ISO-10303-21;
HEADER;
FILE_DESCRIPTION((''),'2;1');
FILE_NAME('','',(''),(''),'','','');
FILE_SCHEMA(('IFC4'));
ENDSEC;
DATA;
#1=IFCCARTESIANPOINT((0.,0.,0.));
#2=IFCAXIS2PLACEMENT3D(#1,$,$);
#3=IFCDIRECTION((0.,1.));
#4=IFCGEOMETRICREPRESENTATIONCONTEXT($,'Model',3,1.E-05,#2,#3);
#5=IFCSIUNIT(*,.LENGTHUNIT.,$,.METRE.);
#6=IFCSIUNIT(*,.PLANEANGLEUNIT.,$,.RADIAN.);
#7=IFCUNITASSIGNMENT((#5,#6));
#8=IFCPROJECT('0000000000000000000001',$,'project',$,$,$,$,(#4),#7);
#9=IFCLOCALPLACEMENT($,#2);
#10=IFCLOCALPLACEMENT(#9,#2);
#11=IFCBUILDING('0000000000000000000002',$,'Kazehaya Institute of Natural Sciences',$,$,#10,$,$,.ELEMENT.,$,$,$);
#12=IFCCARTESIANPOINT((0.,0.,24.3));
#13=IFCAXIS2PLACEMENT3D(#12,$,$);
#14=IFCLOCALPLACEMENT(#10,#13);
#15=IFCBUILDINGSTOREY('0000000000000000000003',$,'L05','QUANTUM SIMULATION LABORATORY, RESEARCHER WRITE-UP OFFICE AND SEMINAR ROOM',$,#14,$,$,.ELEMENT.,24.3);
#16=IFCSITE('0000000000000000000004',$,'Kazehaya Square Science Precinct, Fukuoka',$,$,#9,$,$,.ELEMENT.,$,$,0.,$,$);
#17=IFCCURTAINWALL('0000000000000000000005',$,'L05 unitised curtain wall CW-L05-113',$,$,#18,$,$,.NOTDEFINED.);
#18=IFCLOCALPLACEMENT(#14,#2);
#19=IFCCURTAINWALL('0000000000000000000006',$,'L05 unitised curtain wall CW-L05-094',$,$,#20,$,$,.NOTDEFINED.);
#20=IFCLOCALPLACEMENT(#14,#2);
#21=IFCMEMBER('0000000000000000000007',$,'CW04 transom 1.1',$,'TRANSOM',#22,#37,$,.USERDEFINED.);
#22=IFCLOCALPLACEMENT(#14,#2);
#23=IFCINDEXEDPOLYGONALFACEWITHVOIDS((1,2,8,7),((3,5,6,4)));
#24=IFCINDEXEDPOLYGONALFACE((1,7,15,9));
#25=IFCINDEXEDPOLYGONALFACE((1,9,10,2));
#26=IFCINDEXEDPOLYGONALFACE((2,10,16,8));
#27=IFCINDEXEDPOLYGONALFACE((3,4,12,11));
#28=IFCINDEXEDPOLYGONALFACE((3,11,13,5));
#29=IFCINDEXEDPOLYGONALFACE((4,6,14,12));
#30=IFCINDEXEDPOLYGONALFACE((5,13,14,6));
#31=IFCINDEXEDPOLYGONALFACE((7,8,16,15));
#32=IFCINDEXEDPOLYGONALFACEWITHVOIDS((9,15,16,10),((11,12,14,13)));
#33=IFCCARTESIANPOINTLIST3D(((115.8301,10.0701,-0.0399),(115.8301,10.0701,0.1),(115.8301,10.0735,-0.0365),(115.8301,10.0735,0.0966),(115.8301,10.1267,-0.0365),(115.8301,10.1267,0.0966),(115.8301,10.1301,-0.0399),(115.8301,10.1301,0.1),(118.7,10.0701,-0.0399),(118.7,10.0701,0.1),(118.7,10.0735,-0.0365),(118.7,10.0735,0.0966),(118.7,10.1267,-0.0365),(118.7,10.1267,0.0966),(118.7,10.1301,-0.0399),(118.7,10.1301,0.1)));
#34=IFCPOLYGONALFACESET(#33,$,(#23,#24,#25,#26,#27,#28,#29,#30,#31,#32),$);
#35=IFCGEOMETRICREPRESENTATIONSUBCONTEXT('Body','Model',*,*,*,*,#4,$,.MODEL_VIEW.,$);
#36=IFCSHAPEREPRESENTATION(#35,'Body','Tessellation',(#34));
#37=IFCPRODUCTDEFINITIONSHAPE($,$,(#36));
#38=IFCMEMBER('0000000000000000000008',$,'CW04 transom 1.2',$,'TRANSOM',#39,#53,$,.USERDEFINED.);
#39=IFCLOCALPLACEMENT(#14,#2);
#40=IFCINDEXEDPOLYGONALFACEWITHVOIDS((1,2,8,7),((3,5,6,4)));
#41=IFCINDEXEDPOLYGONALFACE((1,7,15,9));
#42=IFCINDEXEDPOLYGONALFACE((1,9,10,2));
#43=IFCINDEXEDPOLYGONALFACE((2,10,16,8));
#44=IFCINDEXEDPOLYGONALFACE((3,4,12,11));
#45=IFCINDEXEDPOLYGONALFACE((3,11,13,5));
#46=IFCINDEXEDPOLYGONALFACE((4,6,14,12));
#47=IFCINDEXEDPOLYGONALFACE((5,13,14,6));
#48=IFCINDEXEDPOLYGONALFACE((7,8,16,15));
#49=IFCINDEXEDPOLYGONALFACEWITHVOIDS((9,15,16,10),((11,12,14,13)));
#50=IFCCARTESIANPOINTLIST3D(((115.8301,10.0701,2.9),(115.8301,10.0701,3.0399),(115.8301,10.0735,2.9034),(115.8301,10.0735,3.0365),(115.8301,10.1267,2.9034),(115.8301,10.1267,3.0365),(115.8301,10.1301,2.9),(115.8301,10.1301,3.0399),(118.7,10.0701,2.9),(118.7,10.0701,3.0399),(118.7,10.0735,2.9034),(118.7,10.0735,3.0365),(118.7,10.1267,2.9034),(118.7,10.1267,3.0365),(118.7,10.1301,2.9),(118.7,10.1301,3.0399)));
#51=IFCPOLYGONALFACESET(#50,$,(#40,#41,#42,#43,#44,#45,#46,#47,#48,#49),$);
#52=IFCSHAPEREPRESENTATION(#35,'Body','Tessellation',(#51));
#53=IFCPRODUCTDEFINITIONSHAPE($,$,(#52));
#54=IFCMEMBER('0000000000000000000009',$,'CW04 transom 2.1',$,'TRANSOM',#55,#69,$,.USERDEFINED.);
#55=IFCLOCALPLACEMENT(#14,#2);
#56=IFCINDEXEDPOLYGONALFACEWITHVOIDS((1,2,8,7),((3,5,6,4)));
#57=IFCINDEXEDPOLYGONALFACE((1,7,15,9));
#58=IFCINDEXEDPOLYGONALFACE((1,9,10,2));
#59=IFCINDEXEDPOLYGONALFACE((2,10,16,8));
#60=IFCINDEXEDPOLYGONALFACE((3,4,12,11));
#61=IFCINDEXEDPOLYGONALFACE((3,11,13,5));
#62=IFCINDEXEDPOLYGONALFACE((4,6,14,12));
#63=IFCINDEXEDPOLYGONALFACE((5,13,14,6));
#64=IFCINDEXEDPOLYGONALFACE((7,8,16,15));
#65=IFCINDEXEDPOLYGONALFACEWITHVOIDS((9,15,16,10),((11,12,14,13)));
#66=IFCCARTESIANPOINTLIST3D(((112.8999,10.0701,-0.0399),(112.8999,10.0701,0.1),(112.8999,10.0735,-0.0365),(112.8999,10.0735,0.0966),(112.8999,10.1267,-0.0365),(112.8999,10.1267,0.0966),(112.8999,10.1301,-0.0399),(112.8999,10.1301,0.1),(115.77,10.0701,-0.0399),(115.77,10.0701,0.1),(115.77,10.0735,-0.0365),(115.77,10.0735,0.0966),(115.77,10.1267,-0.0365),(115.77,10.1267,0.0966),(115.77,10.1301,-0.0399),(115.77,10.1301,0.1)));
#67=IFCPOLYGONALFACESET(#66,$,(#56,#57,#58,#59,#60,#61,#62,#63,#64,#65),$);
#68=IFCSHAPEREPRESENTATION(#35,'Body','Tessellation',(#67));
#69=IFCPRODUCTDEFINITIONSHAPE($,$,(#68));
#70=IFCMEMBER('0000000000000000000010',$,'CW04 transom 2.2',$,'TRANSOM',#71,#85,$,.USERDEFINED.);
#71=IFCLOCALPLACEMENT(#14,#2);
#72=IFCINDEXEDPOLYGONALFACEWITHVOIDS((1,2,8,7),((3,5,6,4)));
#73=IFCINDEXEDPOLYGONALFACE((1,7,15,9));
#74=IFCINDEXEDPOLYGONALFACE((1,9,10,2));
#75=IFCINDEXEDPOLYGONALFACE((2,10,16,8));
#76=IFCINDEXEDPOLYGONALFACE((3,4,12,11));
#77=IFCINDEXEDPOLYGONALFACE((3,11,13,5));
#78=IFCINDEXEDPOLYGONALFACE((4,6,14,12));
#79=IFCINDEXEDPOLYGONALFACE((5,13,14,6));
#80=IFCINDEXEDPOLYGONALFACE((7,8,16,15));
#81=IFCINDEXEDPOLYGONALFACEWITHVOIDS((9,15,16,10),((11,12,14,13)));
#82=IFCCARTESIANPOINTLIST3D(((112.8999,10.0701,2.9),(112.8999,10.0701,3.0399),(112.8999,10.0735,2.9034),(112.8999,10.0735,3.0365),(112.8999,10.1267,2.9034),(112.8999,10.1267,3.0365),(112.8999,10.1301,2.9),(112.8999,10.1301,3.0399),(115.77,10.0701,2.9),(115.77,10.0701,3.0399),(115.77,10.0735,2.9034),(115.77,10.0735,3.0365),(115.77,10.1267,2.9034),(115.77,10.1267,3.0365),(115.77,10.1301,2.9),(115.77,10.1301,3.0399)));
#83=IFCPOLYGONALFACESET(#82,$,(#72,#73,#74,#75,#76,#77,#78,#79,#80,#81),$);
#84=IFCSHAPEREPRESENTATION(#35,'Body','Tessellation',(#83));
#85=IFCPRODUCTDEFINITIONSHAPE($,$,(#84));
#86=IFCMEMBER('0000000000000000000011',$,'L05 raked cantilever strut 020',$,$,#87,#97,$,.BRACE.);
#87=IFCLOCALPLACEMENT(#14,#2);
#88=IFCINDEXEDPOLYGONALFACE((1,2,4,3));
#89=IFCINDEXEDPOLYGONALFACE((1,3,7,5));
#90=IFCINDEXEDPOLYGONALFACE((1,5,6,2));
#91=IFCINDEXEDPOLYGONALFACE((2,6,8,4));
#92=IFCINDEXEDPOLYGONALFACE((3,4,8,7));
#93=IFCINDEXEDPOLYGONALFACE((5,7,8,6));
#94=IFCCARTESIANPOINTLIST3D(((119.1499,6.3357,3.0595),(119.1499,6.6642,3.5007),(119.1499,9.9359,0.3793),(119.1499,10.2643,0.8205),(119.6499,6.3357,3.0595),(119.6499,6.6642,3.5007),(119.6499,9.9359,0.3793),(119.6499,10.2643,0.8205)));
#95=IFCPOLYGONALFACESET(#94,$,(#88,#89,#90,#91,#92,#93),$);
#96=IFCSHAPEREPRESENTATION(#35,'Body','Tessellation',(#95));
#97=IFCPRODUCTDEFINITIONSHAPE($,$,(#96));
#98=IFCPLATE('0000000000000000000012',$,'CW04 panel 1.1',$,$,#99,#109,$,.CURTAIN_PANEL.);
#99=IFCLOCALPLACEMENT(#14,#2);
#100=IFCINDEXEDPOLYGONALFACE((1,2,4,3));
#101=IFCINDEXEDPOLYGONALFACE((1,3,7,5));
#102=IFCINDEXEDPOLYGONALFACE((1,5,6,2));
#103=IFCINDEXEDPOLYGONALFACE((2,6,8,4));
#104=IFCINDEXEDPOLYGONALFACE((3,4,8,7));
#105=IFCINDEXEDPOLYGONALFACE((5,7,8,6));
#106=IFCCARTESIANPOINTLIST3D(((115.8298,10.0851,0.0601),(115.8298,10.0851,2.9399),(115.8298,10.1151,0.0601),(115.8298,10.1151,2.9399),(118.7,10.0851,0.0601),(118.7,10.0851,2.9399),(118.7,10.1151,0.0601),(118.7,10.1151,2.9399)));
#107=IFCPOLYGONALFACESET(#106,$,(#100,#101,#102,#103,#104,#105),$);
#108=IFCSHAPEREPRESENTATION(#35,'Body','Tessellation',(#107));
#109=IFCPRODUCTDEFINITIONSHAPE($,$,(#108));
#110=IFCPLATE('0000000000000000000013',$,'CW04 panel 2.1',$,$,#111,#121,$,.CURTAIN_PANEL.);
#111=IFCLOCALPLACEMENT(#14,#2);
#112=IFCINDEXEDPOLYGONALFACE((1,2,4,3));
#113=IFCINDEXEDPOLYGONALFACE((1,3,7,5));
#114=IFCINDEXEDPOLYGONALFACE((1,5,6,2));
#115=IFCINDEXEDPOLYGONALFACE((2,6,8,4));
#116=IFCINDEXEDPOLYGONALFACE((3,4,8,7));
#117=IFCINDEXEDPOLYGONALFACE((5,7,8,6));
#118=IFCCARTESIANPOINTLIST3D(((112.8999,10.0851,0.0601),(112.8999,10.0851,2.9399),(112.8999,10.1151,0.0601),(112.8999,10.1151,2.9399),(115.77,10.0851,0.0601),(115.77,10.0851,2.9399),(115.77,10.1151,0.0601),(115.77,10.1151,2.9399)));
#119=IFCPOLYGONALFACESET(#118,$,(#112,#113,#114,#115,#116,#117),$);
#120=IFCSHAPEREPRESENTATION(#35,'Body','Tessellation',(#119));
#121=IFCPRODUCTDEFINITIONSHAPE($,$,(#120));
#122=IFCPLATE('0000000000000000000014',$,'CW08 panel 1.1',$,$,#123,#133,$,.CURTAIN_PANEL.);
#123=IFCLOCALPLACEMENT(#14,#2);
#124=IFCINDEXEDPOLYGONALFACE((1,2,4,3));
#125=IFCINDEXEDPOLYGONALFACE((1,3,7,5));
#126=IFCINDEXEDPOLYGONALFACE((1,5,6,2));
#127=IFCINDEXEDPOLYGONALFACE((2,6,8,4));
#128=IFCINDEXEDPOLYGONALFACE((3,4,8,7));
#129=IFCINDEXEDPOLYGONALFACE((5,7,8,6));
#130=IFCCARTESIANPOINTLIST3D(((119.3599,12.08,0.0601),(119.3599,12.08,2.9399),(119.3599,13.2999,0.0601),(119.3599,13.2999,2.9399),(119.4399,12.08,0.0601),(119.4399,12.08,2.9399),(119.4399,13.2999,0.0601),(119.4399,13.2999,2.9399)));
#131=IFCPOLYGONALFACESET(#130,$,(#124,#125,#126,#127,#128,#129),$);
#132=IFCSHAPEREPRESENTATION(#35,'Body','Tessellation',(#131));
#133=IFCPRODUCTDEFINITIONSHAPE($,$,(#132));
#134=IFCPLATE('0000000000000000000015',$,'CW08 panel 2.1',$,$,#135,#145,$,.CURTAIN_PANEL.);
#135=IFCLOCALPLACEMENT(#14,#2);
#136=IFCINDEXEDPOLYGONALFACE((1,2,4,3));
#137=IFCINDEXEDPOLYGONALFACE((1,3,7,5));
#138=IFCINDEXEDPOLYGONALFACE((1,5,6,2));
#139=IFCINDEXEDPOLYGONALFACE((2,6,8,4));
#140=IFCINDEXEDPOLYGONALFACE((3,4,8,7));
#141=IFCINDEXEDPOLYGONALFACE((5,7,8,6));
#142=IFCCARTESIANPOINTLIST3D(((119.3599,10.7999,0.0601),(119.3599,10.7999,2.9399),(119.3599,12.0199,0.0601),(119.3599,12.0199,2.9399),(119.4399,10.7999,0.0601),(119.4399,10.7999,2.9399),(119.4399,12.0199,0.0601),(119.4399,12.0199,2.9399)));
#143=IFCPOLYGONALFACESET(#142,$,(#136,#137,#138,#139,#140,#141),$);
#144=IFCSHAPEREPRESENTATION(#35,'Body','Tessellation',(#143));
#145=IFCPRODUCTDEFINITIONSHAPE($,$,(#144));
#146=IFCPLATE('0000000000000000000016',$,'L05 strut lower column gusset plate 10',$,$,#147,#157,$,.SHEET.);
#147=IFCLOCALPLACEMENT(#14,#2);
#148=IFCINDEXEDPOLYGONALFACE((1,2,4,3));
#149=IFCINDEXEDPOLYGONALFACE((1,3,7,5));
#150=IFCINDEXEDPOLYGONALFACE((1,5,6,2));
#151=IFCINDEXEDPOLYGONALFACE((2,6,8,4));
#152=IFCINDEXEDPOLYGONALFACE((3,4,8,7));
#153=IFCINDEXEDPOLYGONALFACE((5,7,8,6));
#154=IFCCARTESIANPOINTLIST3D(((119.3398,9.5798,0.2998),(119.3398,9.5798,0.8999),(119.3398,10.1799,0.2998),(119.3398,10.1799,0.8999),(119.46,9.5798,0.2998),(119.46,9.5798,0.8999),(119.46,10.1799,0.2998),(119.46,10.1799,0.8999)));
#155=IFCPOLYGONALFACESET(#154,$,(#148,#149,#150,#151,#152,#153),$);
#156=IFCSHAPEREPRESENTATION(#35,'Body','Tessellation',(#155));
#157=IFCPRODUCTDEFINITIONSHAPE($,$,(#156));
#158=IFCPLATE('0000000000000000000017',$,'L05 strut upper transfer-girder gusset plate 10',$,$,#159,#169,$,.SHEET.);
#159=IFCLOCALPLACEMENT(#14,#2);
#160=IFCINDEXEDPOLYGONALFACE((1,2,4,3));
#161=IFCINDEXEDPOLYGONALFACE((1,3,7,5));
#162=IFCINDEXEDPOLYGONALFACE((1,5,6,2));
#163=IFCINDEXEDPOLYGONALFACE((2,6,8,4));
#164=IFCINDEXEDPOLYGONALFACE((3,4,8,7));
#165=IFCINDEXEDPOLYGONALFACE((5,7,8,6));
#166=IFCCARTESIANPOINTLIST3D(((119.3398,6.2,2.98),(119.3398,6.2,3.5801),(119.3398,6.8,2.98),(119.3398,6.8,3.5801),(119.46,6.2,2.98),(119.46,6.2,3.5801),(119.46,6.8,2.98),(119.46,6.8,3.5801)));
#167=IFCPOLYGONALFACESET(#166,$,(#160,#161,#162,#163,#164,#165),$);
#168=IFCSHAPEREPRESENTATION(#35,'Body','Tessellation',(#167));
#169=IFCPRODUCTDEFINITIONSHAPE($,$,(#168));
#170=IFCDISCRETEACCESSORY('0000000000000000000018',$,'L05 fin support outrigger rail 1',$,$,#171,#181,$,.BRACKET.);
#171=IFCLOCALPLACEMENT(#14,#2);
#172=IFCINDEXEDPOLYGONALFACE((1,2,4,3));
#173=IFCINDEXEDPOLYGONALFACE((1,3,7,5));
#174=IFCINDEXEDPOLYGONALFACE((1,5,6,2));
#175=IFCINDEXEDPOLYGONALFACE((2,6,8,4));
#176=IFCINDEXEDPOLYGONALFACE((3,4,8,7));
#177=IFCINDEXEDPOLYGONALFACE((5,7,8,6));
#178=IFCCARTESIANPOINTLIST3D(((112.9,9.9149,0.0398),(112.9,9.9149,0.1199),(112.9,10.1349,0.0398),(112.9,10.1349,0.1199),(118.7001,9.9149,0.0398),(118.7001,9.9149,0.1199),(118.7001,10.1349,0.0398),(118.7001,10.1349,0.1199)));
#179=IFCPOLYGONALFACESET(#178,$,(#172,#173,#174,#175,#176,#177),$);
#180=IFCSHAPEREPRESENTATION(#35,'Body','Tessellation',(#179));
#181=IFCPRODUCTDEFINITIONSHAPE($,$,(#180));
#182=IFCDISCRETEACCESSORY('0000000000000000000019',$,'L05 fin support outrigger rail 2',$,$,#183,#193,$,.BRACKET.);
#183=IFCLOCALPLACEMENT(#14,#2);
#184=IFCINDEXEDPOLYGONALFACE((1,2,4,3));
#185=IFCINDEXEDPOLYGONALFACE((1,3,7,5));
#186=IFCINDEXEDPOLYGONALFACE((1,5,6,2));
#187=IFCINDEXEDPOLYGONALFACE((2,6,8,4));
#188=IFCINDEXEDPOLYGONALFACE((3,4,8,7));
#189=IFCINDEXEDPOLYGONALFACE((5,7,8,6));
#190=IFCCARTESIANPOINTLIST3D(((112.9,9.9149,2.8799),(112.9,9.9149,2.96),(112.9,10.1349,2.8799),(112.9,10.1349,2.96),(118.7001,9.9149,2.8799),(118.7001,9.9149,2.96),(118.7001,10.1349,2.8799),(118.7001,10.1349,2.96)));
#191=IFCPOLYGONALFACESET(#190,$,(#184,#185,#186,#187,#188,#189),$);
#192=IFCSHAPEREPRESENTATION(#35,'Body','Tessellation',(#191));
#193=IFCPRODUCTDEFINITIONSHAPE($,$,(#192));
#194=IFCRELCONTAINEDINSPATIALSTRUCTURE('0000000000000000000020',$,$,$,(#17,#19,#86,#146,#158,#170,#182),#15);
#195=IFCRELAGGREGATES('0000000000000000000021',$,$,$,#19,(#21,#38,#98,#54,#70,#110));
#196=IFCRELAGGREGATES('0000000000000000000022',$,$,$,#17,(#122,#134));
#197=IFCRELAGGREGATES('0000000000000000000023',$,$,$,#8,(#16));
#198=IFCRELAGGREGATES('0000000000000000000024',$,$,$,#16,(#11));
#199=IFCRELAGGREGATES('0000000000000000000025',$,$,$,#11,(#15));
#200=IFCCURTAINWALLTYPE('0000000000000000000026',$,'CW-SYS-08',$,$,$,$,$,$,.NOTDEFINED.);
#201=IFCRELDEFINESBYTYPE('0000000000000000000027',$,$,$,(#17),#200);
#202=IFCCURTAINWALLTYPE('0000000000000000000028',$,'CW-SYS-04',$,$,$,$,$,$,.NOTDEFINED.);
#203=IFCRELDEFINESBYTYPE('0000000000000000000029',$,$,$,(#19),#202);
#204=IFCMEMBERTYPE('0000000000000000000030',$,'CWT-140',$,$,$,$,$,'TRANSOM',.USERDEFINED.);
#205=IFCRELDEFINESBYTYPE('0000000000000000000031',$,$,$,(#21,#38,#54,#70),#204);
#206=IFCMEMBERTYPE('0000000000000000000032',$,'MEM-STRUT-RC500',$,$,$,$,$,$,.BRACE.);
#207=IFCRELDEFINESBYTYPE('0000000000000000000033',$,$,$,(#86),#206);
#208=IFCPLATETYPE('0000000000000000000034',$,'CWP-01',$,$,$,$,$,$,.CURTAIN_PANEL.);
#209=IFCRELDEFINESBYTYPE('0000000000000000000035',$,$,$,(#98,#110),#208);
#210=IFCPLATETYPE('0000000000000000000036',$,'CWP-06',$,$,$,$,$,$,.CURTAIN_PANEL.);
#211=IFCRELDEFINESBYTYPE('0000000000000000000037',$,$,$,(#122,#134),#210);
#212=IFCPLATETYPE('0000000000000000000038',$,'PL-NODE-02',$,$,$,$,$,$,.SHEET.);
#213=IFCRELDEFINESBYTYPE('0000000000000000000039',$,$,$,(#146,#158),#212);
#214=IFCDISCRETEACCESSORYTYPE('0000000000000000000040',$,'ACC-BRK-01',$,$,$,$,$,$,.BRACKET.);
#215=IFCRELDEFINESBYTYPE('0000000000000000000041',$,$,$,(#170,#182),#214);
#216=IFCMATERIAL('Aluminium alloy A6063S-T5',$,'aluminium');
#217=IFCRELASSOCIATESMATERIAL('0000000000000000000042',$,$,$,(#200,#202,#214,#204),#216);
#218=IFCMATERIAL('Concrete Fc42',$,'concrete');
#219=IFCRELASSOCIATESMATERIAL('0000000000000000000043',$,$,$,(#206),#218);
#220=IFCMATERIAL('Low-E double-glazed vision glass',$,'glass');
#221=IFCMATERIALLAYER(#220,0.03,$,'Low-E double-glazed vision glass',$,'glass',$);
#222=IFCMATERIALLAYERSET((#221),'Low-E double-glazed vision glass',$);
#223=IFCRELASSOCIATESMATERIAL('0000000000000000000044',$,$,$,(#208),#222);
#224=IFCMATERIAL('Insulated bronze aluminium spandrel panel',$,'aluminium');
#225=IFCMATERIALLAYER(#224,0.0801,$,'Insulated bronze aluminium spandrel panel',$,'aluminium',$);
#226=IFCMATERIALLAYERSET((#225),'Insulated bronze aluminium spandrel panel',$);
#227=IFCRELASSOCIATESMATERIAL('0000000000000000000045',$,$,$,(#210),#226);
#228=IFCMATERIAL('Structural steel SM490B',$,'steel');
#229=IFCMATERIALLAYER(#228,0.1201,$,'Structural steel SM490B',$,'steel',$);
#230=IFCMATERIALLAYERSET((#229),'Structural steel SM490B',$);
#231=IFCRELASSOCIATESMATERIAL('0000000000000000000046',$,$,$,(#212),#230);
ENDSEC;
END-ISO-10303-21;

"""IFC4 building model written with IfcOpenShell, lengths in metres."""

from ifc_helpers import new_model, si_unit, direction, frame, origin, origin_2d, place, context, subcontext, project, spatial, rectangle, hollow_rectangle, extrude, material, layer, layer_set, material_profile, profile_set, type_object, element, aggregate, save


model = new_model("IFC4")

# Units and contexts
model_context = context("Model", 3, precision=1e-05, world=origin(), true_north=direction((0.0, 1.0)))
body_context = subcontext(model_context, "Body", "Model", "MODEL_VIEW")
ifc_project = project(units=[si_unit("LENGTHUNIT", "METRE"), si_unit("PLANEANGLEUNIT", "RADIAN")], contexts=[model_context])

# Site, building, storey
site_placement = place(None, origin())
site = spatial("IfcSite", under=ifc_project, at=site_placement, Name="Kazehaya Square Science Precinct, Fukuoka", CompositionType="ELEMENT", RefElevation=0.0)
building_placement = place(site_placement, origin())
building = spatial("IfcBuilding", under=site, at=building_placement, Name="Kazehaya Institute of Natural Sciences", CompositionType="ELEMENT")
storey_placement = place(building_placement, frame((0.0, 0.0, 24.3)))
storey = spatial("IfcBuildingStorey", under=building, at=storey_placement, Name="L05", Description="QUANTUM SIMULATION LABORATORY, RESEARCHER WRITE-UP OFFICE AND SEMINAR ROOM", CompositionType="ELEMENT", Elevation=24.3)

# Shared definitions
ifc_material_1 = material(Name="Concrete Fc42", Category="concrete")

# Curtain walls
ifc_material_2 = material(Name="Aluminium alloy A6063S-T5", Category="aluminium")
curtain_wall_type_1 = type_object("IfcCurtainWallType", Name="CW-SYS-08", PredefinedType="NOTDEFINED", material=ifc_material_2)
curtain_wall_1_placement = place(storey_placement, origin())
curtain_wall_1 = element("IfcCurtainWall", 1, at=curtain_wall_1_placement, inside=storey, type_object=curtain_wall_type_1, Name="L05 unitised curtain wall CW-L05-113", PredefinedType="NOTDEFINED")
curtain_wall_type_2 = type_object("IfcCurtainWallType", Name="CW-SYS-04", PredefinedType="NOTDEFINED", material=ifc_material_2)
curtain_wall_2_placement = place(storey_placement, origin())
curtain_wall_2 = element("IfcCurtainWall", 2, at=curtain_wall_2_placement, inside=storey, type_object=curtain_wall_type_2, Name="L05 unitised curtain wall CW-L05-094", PredefinedType="NOTDEFINED")

# Members
ifc_material_profile_1 = material_profile(ifc_material_2, hollow_rectangle(XDim=0.0601, YDim=0.1399, WallThickness=0.0034, at=origin_2d()), Name="ALU-60x140x3.5")
ifc_profile_set_1 = profile_set([ifc_material_profile_1], Name="Aluminium alloy A6063S-T5")
member_type_1 = type_object("IfcMemberType", Name="CWT-140", ElementType="TRANSOM", PredefinedType="USERDEFINED", material=ifc_profile_set_1)
member_1_placement = place(storey_placement, frame((118.7, 10.1001, 0.03), z_axis=(-1.0, 0.0, 0.0), x_axis=(0.0, -1.0, 0.0)))
member_1 = element("IfcMember", 3, at=member_1_placement, type_object=member_type_1, Name="CW04 transom 1.1", ObjectType="TRANSOM", PredefinedType="USERDEFINED", context=body_context, shape_type="SweptSolid", body=[
    extrude(hollow_rectangle(XDim=0.0601, YDim=0.1399, WallThickness=0.0034, at=origin_2d()), origin(), (0.0, 0.0, 1.0), 2.8699),
])
member_2_placement = place(storey_placement, frame((118.7, 10.1001, 2.97), z_axis=(-1.0, 0.0, 0.0), x_axis=(0.0, -1.0, 0.0)))
member_2 = element("IfcMember", 4, at=member_2_placement, type_object=member_type_1, Name="CW04 transom 1.2", ObjectType="TRANSOM", PredefinedType="USERDEFINED", context=body_context, shape_type="SweptSolid", body=[
    extrude(hollow_rectangle(XDim=0.0601, YDim=0.1399, WallThickness=0.0034, at=origin_2d()), origin(), (0.0, 0.0, 1.0), 2.8699),
])
member_3_placement = place(storey_placement, frame((115.77, 10.1001, 0.03), z_axis=(-1.0, 0.0, 0.0), x_axis=(0.0, -1.0, 0.0)))
member_3 = element("IfcMember", 5, at=member_3_placement, type_object=member_type_1, Name="CW04 transom 2.1", ObjectType="TRANSOM", PredefinedType="USERDEFINED", context=body_context, shape_type="SweptSolid", body=[
    extrude(hollow_rectangle(XDim=0.0601, YDim=0.1399, WallThickness=0.0034, at=origin_2d()), origin(), (0.0, 0.0, 1.0), 2.8701),
])
member_4_placement = place(storey_placement, frame((115.77, 10.1001, 2.97), z_axis=(-1.0, 0.0, 0.0), x_axis=(0.0, -1.0, 0.0)))
member_4 = element("IfcMember", 6, at=member_4_placement, type_object=member_type_1, Name="CW04 transom 2.2", ObjectType="TRANSOM", PredefinedType="USERDEFINED", context=body_context, shape_type="SweptSolid", body=[
    extrude(hollow_rectangle(XDim=0.0601, YDim=0.1399, WallThickness=0.0034, at=origin_2d()), origin(), (0.0, 0.0, 1.0), 2.8701),
])
ifc_material_profile_2 = material_profile(ifc_material_1, rectangle(XDim=0.5, YDim=0.55, at=origin_2d()), Name="RC-500x550")
ifc_profile_set_2 = profile_set([ifc_material_profile_2], Name="Concrete Fc42")
member_type_2 = type_object("IfcMemberType", Name="MEM-STRUT-RC500", PredefinedType="BRACE", material=ifc_profile_set_2)
member_5_placement = place(storey_placement, frame((119.3999, 10.1001, 0.5999), z_axis=(0.0, -0.802123, 0.597159), x_axis=(1.0, 0.0, 0.0)))
element("IfcMember", 7, at=member_5_placement, inside=storey, type_object=member_type_2, Name="L05 raked cantilever strut 020", PredefinedType="BRACE", context=body_context, shape_type="SweptSolid", body=[
    extrude(rectangle(XDim=0.5, YDim=0.55, at=origin_2d()), origin(), (0.0, 0.0, 1.0), 4.4883),
])

# Plates
ifc_material_3 = material(Name="Low-E double-glazed vision glass", Category="glass")
ifc_layer_1 = layer(ifc_material_3, 0.03, Name="Low-E double-glazed vision glass", Category="glass")
ifc_layer_set_1 = layer_set([ifc_layer_1], Name="Low-E double-glazed vision glass")
plate_type_1 = type_object("IfcPlateType", Name="CWP-01", PredefinedType="CURTAIN_PANEL", material=ifc_layer_set_1)
plate_1_placement = place(storey_placement, frame((117.2649, 10.1001, 0.0601), z_axis=(0.0, 0.0, 1.0), x_axis=(-1.0, 0.0, 0.0)))
plate_1 = element("IfcPlate", 8, at=plate_1_placement, type_object=plate_type_1, Name="CW04 panel 1.1", PredefinedType="CURTAIN_PANEL", context=body_context, shape_type="SweptSolid", body=[
    extrude(rectangle(XDim=2.8701, YDim=0.03, at=origin_2d()), origin(), (0.0, 0.0, 1.0), 2.8799),
])
plate_2_placement = place(storey_placement, frame((114.335, 10.1001, 0.0601), z_axis=(0.0, 0.0, 1.0), x_axis=(-1.0, 0.0, 0.0)))
plate_2 = element("IfcPlate", 9, at=plate_2_placement, type_object=plate_type_1, Name="CW04 panel 2.1", PredefinedType="CURTAIN_PANEL", context=body_context, shape_type="SweptSolid", body=[
    extrude(rectangle(XDim=2.8701, YDim=0.03, at=origin_2d()), origin(), (0.0, 0.0, 1.0), 2.8799),
])
aggregate(curtain_wall_2, [member_1, member_2, plate_1, member_3, member_4, plate_2])
ifc_material_4 = material(Name="Insulated bronze aluminium spandrel panel", Category="aluminium")
ifc_layer_2 = layer(ifc_material_4, 0.0801, Name="Insulated bronze aluminium spandrel panel", Category="aluminium")
ifc_layer_set_2 = layer_set([ifc_layer_2], Name="Insulated bronze aluminium spandrel panel")
plate_type_2 = type_object("IfcPlateType", Name="CWP-06", PredefinedType="CURTAIN_PANEL", material=ifc_layer_set_2)
plate_3_placement = place(storey_placement, frame((119.3999, 12.6899, 0.0601), z_axis=(0.0, 0.0, 1.0), x_axis=(0.0, -1.0, 0.0)))
plate_3 = element("IfcPlate", 10, at=plate_3_placement, type_object=plate_type_2, Name="CW08 panel 1.1", PredefinedType="CURTAIN_PANEL", context=body_context, shape_type="SweptSolid", body=[
    extrude(rectangle(XDim=1.22, YDim=0.0801, at=origin_2d()), origin(), (0.0, 0.0, 1.0), 2.8799),
])
plate_4_placement = place(storey_placement, frame((119.3999, 11.4099, 0.0601), z_axis=(0.0, 0.0, 1.0), x_axis=(0.0, -1.0, 0.0)))
plate_4 = element("IfcPlate", 11, at=plate_4_placement, type_object=plate_type_2, Name="CW08 panel 2.1", PredefinedType="CURTAIN_PANEL", context=body_context, shape_type="SweptSolid", body=[
    extrude(rectangle(XDim=1.22, YDim=0.0801, at=origin_2d()), origin(), (0.0, 0.0, 1.0), 2.8799),
])
aggregate(curtain_wall_1, [plate_3, plate_4])

# Plates
ifc_material_5 = material(Name="Structural steel SM490B", Category="steel")
ifc_layer_3 = layer(ifc_material_5, 0.1201, Name="Structural steel SM490B", Category="steel")
ifc_layer_set_3 = layer_set([ifc_layer_3], Name="Structural steel SM490B")
plate_type_3 = type_object("IfcPlateType", Name="PL-NODE-02", PredefinedType="SHEET", material=ifc_layer_set_3)
for number, where, z_axis, x_axis, name in (
    (12, (119.3999, 9.8799, 0.2998), (0.0, 0.0, 1.0), (1.0, 0.0, 0.0), "L05 strut lower column gusset plate 10"),
    (13, (119.3999, 6.5, 2.98), (0.0, 0.0, 1.0), (1.0, 0.0, 0.0), "L05 strut upper transfer-girder gusset plate 10"),
):
    element("IfcPlate", number, at=place(storey_placement, frame(where, z_axis=z_axis, x_axis=x_axis)), inside=storey, type_object=plate_type_3, Name=name, PredefinedType="SHEET", context=body_context, shape_type="SweptSolid", body=[
        extrude(rectangle(XDim=0.1201, YDim=0.6001, at=origin_2d()), origin(), (0.0, 0.0, 1.0), 0.6001),
    ])

# Discrete accessories
discrete_accessory_type = type_object("IfcDiscreteAccessoryType", Name="ACC-BRK-01", PredefinedType="BRACKET", material=ifc_material_2)
for number, where, z_axis, x_axis, name in (
    (14, (115.8, 10.0249, 0.0398), (0.0, 0.0, 1.0), (-1.0, 0.0, 0.0), "L05 fin support outrigger rail 1"),
    (15, (115.8, 10.0249, 2.8799), (0.0, 0.0, 1.0), (-1.0, 0.0, 0.0), "L05 fin support outrigger rail 2"),
):
    element("IfcDiscreteAccessory", number, at=place(storey_placement, frame(where, z_axis=z_axis, x_axis=x_axis)), inside=storey, type_object=discrete_accessory_type, Name=name, PredefinedType="BRACKET", context=body_context, shape_type="SweptSolid", body=[
        extrude(rectangle(XDim=5.8, YDim=0.22, at=origin_2d()), origin(), (0.0, 0.0, 1.0), 0.0801),
    ])

save(model, "model.ifc")
